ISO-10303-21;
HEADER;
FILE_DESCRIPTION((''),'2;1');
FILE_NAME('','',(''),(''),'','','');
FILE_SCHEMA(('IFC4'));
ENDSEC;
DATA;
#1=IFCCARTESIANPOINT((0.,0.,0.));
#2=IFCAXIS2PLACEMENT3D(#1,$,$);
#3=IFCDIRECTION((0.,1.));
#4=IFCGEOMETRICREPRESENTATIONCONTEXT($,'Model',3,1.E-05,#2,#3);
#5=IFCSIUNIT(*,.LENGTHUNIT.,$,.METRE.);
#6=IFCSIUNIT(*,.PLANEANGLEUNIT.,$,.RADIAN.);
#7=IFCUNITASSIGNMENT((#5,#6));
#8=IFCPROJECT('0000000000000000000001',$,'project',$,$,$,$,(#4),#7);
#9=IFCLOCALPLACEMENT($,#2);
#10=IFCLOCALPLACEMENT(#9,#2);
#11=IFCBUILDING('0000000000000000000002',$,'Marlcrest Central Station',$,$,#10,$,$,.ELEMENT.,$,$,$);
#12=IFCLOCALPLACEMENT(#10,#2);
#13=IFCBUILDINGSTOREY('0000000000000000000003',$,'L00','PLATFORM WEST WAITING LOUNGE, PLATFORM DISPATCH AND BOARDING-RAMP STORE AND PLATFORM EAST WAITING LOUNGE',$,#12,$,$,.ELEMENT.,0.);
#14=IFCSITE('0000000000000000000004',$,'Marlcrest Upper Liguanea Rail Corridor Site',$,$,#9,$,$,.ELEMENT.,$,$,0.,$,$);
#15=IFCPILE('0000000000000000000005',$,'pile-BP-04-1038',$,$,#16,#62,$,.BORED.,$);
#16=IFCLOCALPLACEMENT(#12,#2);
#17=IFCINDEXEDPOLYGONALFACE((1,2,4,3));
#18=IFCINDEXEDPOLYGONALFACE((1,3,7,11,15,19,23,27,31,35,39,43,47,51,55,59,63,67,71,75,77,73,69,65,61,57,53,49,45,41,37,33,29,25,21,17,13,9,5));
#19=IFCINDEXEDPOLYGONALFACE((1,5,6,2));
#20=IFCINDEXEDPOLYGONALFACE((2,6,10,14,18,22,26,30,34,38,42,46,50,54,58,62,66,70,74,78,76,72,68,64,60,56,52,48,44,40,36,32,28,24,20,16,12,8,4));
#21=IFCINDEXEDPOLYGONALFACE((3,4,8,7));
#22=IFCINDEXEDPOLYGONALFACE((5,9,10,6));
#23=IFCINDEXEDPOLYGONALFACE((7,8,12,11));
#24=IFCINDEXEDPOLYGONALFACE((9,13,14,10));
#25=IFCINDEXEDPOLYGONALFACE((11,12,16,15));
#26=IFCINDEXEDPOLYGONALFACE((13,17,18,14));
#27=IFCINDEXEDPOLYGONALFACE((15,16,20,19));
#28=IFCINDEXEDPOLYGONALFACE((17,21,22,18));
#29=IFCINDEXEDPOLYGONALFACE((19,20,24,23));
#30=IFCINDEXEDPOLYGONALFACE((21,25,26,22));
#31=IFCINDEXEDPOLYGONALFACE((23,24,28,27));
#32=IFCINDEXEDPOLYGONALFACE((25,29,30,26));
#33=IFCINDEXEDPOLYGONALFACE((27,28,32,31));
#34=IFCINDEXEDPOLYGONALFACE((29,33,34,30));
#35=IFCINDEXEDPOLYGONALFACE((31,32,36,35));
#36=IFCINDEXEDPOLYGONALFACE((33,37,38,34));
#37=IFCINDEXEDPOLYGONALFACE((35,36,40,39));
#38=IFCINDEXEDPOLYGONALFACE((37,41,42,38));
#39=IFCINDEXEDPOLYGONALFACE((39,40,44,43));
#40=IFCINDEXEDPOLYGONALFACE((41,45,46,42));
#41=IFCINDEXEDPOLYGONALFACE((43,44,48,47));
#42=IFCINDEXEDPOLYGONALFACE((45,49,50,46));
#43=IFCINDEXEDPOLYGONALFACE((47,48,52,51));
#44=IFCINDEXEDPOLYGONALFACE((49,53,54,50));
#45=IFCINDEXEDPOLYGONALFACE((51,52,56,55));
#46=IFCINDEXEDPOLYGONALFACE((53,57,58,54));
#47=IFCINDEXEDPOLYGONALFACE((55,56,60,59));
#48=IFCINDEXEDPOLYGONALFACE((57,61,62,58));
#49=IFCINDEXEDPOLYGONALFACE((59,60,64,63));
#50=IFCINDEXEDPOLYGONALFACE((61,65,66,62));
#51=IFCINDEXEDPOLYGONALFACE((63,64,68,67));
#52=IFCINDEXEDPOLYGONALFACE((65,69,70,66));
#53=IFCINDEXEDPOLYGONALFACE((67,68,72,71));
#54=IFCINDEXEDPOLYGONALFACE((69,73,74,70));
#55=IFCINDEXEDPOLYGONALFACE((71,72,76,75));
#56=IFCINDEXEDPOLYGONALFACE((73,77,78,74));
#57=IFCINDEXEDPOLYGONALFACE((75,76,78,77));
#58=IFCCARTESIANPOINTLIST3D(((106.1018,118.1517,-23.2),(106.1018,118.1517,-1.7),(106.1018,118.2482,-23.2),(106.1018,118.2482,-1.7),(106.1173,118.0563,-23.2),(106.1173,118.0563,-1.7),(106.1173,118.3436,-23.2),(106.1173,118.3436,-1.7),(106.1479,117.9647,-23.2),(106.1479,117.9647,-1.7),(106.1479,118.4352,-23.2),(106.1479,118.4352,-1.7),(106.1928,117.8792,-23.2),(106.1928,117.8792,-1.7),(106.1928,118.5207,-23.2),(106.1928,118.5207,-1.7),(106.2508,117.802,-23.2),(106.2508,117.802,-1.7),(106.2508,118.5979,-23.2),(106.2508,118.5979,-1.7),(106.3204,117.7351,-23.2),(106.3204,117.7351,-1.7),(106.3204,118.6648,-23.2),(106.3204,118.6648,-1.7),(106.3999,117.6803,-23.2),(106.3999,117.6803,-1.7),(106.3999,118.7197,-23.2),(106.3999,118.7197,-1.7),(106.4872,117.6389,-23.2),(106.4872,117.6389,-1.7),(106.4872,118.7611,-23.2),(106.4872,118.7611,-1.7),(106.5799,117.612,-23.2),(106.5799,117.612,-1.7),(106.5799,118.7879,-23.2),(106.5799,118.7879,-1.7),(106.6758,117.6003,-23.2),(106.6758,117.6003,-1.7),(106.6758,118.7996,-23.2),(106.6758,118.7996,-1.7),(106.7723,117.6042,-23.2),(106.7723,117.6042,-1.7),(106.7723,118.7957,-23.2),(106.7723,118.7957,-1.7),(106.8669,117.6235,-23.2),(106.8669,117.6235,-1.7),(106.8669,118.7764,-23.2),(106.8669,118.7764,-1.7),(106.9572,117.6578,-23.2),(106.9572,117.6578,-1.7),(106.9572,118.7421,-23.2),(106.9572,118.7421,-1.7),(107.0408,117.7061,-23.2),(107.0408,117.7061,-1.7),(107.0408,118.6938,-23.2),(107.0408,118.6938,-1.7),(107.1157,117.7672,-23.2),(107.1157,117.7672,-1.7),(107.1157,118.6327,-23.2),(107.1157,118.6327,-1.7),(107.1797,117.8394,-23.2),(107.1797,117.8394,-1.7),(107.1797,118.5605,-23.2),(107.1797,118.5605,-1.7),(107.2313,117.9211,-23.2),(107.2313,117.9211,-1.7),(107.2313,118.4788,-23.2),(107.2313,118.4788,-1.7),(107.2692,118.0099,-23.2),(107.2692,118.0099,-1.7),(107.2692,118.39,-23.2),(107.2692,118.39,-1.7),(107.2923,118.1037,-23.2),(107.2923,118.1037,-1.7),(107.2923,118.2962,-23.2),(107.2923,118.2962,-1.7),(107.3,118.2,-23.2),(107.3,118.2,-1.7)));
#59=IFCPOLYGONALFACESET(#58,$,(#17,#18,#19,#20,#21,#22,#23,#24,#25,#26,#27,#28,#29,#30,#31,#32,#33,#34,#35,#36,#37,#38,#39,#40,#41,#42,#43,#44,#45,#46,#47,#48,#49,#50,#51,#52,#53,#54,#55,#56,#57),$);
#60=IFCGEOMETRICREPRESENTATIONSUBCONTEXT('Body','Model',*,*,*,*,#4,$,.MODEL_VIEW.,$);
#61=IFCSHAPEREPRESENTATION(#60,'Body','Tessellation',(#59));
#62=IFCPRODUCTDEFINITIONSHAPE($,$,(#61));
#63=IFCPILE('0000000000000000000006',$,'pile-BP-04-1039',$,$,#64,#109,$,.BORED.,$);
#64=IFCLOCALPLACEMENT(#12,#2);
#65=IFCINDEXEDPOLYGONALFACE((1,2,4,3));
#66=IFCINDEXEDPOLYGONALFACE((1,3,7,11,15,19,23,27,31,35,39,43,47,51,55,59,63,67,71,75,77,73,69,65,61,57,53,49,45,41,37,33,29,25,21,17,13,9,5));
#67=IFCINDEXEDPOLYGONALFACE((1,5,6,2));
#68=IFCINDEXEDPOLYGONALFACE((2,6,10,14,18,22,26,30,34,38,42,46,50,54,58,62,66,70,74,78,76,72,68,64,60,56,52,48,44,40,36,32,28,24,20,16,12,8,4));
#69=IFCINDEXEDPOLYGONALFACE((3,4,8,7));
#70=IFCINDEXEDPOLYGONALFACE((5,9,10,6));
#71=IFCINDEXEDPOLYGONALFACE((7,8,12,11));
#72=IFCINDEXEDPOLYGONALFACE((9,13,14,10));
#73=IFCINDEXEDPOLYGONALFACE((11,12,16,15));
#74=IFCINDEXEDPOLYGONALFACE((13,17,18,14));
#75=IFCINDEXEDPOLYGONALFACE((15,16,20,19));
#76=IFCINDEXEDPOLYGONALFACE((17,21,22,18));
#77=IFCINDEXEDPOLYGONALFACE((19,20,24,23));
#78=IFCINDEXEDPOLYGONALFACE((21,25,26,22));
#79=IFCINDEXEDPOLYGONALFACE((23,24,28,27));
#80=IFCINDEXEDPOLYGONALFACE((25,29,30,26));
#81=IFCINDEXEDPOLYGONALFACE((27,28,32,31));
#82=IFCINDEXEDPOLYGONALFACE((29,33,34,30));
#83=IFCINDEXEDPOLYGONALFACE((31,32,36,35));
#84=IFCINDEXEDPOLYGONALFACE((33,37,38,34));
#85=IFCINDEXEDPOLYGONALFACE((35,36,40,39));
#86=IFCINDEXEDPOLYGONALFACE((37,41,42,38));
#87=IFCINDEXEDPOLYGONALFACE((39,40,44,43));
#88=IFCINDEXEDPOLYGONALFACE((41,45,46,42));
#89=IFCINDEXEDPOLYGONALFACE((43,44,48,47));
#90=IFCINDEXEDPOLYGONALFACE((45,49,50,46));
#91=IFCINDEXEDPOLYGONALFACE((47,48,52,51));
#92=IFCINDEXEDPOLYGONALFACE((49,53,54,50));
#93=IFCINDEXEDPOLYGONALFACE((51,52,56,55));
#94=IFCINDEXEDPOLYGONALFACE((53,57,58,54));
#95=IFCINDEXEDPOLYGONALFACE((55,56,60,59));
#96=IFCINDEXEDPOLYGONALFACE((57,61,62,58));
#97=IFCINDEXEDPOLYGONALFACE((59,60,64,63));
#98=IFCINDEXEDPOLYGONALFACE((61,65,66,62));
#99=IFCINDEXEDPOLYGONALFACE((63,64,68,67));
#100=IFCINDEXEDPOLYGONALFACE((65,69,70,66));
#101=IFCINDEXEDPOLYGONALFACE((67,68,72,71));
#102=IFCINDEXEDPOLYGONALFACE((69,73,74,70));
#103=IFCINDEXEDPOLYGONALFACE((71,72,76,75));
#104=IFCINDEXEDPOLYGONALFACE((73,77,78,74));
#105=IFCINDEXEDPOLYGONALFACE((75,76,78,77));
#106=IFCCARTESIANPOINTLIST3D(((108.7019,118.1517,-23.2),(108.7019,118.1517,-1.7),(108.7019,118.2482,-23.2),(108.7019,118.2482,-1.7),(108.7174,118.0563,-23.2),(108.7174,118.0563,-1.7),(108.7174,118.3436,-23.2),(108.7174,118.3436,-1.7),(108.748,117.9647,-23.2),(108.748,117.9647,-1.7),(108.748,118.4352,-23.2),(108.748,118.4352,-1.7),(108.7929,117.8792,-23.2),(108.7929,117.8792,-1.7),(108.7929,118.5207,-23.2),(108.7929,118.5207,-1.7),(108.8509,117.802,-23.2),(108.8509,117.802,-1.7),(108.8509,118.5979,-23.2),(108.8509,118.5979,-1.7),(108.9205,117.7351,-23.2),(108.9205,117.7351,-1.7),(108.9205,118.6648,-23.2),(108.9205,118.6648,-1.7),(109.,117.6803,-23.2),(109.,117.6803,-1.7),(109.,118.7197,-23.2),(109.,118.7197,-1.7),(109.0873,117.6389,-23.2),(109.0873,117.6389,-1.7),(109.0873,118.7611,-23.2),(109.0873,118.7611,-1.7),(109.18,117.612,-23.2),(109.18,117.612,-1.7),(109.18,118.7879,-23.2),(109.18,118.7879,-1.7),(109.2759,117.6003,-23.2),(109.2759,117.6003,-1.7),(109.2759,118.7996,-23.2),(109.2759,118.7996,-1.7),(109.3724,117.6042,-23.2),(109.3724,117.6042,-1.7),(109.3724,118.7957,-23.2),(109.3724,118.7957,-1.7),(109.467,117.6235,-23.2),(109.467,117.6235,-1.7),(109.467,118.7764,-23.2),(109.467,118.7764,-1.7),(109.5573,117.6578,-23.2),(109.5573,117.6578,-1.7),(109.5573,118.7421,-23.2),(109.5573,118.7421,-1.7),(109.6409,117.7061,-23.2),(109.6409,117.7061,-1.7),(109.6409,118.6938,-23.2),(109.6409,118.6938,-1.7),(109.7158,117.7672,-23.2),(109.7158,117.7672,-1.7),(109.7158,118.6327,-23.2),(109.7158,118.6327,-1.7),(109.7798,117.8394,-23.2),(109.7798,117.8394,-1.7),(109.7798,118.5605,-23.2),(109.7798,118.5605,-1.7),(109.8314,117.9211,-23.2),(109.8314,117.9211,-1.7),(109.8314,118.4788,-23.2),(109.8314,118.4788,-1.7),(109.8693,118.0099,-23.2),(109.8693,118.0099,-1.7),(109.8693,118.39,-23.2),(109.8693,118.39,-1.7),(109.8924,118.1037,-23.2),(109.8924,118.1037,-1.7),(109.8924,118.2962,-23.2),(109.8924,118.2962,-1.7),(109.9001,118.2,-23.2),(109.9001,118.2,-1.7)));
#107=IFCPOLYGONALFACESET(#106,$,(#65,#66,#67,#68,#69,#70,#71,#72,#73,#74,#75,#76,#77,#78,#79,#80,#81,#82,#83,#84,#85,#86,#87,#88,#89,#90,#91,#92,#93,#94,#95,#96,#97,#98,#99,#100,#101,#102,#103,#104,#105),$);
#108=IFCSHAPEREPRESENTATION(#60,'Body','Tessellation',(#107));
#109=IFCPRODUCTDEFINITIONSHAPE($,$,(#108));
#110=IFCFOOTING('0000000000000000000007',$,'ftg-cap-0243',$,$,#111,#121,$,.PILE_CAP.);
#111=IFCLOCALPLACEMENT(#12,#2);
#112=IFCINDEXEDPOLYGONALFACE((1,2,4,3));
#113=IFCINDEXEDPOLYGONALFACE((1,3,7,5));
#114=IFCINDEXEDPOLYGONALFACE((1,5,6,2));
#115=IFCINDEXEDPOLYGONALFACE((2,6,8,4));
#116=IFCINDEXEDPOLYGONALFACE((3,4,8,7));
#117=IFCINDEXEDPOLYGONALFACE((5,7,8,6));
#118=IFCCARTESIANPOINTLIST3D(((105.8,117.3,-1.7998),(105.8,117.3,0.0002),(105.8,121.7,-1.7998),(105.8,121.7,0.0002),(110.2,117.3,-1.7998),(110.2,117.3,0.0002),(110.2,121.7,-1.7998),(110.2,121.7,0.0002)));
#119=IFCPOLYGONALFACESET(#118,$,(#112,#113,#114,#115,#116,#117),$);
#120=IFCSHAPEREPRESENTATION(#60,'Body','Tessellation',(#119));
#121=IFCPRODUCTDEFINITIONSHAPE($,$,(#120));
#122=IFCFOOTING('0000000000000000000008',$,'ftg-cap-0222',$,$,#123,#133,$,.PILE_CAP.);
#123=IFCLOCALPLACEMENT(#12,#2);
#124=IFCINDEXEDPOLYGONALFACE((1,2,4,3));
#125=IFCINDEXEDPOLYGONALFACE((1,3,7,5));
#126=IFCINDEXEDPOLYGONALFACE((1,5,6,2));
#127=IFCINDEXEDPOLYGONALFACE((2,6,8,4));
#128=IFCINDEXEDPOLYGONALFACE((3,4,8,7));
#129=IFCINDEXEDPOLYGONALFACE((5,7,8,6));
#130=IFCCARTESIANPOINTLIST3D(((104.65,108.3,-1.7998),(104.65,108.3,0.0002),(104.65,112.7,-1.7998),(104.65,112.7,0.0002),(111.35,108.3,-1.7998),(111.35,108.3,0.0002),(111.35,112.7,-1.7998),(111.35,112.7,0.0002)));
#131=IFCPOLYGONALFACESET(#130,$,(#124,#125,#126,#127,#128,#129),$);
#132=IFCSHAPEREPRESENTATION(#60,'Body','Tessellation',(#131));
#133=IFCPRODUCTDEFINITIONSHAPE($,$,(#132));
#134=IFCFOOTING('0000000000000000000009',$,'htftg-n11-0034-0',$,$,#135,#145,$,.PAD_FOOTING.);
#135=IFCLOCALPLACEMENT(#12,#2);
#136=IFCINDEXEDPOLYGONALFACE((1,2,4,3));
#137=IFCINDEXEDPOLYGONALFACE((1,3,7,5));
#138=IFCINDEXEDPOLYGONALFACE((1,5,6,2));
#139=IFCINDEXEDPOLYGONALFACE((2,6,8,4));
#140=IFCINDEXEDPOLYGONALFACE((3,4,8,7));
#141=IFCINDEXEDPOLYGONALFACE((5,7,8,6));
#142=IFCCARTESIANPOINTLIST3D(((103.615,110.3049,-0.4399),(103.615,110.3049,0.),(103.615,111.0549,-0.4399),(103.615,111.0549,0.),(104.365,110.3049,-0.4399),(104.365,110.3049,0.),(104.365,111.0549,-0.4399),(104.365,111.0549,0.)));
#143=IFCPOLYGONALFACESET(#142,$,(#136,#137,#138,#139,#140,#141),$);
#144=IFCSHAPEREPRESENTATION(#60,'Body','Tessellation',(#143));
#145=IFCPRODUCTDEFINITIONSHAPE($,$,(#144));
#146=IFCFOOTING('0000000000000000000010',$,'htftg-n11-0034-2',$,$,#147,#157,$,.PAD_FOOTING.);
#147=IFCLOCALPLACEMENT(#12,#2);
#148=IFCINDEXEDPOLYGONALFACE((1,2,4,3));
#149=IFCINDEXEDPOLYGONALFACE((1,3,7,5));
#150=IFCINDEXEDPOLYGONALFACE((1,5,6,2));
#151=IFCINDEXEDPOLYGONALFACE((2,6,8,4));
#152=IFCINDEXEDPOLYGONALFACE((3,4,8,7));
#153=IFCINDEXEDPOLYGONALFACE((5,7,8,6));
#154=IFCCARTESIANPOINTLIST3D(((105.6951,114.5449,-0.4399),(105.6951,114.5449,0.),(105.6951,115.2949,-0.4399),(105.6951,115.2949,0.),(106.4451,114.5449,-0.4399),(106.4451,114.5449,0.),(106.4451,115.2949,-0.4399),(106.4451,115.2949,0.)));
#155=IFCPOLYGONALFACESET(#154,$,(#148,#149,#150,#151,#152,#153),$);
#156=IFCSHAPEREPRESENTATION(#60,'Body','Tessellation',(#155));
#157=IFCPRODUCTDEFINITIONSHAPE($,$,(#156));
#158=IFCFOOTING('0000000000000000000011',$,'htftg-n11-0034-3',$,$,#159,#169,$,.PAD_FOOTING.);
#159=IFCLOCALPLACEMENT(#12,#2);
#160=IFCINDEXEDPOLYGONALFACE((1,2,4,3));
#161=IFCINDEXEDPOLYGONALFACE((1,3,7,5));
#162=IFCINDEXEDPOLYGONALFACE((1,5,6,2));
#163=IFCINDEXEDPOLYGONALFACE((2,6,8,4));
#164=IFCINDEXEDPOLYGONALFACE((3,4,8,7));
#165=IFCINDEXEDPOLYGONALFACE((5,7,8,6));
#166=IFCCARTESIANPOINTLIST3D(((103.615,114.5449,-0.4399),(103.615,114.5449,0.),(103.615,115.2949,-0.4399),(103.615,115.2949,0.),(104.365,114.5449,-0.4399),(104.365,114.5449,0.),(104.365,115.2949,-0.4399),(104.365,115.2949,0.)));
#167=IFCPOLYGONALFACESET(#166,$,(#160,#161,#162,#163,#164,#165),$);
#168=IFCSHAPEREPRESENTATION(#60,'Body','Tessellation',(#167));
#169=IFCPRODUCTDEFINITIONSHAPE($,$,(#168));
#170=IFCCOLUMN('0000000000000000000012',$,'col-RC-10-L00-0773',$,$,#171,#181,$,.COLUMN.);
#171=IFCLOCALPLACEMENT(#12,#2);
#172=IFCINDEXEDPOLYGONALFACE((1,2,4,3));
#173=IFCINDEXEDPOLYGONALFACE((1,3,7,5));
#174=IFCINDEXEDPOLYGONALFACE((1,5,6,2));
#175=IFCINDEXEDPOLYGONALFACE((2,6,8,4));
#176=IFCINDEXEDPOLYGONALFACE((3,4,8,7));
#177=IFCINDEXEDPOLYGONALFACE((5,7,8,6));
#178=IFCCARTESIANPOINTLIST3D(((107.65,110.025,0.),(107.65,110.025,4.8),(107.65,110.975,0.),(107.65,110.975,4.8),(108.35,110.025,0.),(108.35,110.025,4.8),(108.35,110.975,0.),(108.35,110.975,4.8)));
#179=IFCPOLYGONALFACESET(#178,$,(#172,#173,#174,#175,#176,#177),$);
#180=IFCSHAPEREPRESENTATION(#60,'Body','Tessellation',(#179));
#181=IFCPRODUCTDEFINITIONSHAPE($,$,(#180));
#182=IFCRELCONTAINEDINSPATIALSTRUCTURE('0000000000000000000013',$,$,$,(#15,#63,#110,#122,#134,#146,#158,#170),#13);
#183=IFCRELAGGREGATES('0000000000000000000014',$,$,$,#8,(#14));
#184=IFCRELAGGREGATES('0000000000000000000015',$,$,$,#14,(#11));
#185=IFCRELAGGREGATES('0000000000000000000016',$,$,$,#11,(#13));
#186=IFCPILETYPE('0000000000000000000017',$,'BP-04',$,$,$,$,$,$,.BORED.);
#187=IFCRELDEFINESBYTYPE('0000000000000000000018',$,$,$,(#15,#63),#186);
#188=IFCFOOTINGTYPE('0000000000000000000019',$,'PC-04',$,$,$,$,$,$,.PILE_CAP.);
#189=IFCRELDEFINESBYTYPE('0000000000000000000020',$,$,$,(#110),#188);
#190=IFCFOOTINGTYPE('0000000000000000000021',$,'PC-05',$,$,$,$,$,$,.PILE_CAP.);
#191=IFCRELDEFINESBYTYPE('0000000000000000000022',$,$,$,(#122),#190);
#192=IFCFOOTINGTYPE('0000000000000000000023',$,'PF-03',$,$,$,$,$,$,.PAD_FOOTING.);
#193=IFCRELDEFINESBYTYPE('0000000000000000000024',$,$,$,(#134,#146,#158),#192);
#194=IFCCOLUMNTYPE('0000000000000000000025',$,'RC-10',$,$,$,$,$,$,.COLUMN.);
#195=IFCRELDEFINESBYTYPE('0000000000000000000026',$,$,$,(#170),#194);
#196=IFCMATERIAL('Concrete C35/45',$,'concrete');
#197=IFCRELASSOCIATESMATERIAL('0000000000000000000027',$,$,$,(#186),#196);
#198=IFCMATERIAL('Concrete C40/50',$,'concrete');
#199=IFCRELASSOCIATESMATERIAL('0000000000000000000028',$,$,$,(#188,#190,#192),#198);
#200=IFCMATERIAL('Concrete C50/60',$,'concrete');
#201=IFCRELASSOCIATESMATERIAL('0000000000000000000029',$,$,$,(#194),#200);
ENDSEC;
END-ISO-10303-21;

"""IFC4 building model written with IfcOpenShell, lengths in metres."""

from ifc_helpers import new_model, si_unit, direction, frame, origin, origin_2d, place, context, subcontext, project, spatial, rectangle, circle, extrude, material, material_profile, profile_set, type_object, element, save


model = new_model("IFC4")

# Units and contexts
model_context = context("Model", 3, precision=1e-05, world=origin(), true_north=direction((0.0, 1.0)))
body_context = subcontext(model_context, "Body", "Model", "MODEL_VIEW")
ifc_project = project(units=[si_unit("LENGTHUNIT", "METRE"), si_unit("PLANEANGLEUNIT", "RADIAN")], contexts=[model_context])

# Site, building, storey
site_placement = place(None, origin())
site = spatial("IfcSite", under=ifc_project, at=site_placement, Name="Marlcrest Upper Liguanea Rail Corridor Site", CompositionType="ELEMENT", RefElevation=0.0)
building_placement = place(site_placement, origin())
building = spatial("IfcBuilding", under=site, at=building_placement, Name="Marlcrest Central Station", CompositionType="ELEMENT")
storey_placement = place(building_placement, origin())
storey = spatial("IfcBuildingStorey", under=building, at=storey_placement, Name="L00", Description="PLATFORM WEST WAITING LOUNGE, PLATFORM DISPATCH AND BOARDING-RAMP STORE AND PLATFORM EAST WAITING LOUNGE", CompositionType="ELEMENT", Elevation=0.0)

# Piles
ifc_material_1 = material(Name="Concrete C35/45", Category="concrete")
ifc_material_profile_1 = material_profile(ifc_material_1, circle(Radius=0.6001, at=origin_2d()), Name="PILE D1200")
ifc_profile_set_1 = profile_set([ifc_material_profile_1], Name="Concrete C35/45")
pile_type = type_object("IfcPileType", Name="BP-04", PredefinedType="BORED", material=ifc_profile_set_1)
for number, where, z_axis, x_axis, name in (
    (1, (106.7, 118.2, -1.7), (0.0, 0.0, -1.0), (1.0, 0.0, 0.0), "pile-BP-04-1038"),
    (2, (109.3, 118.2, -1.7), (0.0, 0.0, -1.0), (1.0, 0.0, 0.0), "pile-BP-04-1039"),
):
    element("IfcPile", number, at=place(storey_placement, frame(where, z_axis=z_axis, x_axis=x_axis)), inside=storey, type_object=pile_type, Name=name, PredefinedType="BORED", context=body_context, shape_type="SweptSolid", body=[
        extrude(circle(Radius=0.6001, at=origin_2d()), origin(), (0.0, 0.0, 1.0), 21.5),
    ])

# Footings
ifc_material_2 = material(Name="Concrete C40/50", Category="concrete")
footing_type_1 = type_object("IfcFootingType", Name="PC-04", PredefinedType="PILE_CAP", material=ifc_material_2)
footing_1_placement = place(storey_placement, frame((108.0, 119.5, -1.7998), z_axis=(0.0, 0.0, 1.0), x_axis=(1.0, 0.0, 0.0)))
element("IfcFooting", 3, at=footing_1_placement, inside=storey, type_object=footing_type_1, Name="ftg-cap-0243", PredefinedType="PILE_CAP", context=body_context, shape_type="SweptSolid", body=[
    extrude(rectangle(XDim=4.3999, YDim=4.3999, at=origin_2d()), origin(), (0.0, 0.0, 1.0), 1.8),
])
footing_type_2 = type_object("IfcFootingType", Name="PC-05", PredefinedType="PILE_CAP", material=ifc_material_2)
footing_2_placement = place(storey_placement, frame((108.0, 110.5, -1.7998), z_axis=(0.0, 0.0, 1.0), x_axis=(1.0, 0.0, 0.0)))
element("IfcFooting", 4, at=footing_2_placement, inside=storey, type_object=footing_type_2, Name="ftg-cap-0222", PredefinedType="PILE_CAP", context=body_context, shape_type="SweptSolid", body=[
    extrude(rectangle(XDim=6.7, YDim=4.3999, at=origin_2d()), origin(), (0.0, 0.0, 1.0), 1.8),
])
footing_type_3 = type_object("IfcFootingType", Name="PF-03", PredefinedType="PAD_FOOTING", material=ifc_material_2)
for number, where, z_axis, x_axis, name in (
    (5, (103.99, 110.6799, -0.4399), (0.0, 0.0, 1.0), (1.0, 0.0, 0.0), "htftg-n11-0034-0"),
    (6, (106.0701, 114.9199, -0.4399), (0.0, 0.0, 1.0), (1.0, 0.0, 0.0), "htftg-n11-0034-2"),
    (7, (103.99, 114.9199, -0.4399), (0.0, 0.0, 1.0), (1.0, 0.0, 0.0), "htftg-n11-0034-3"),
):
    element("IfcFooting", number, at=place(storey_placement, frame(where, z_axis=z_axis, x_axis=x_axis)), inside=storey, type_object=footing_type_3, Name=name, PredefinedType="PAD_FOOTING", context=body_context, shape_type="SweptSolid", body=[
        extrude(rectangle(XDim=0.75, YDim=0.75, at=origin_2d()), origin(), (0.0, 0.0, 1.0), 0.4399),
    ])

# Column
ifc_material_3 = material(Name="Concrete C50/60", Category="concrete")
ifc_material_profile_2 = material_profile(ifc_material_3, rectangle(XDim=0.7, YDim=0.95, at=origin_2d()), Name="RC 700x950")
ifc_profile_set_2 = profile_set([ifc_material_profile_2], Name="Concrete C50/60")
column_type_1 = type_object("IfcColumnType", Name="RC-10", PredefinedType="COLUMN", material=ifc_profile_set_2)
column_1_placement = place(storey_placement, frame((108.0, 110.5, 0.0), z_axis=(0.0, 0.0, 1.0), x_axis=(1.0, 0.0, 0.0)))
element("IfcColumn", 8, at=column_1_placement, inside=storey, type_object=column_type_1, Name="col-RC-10-L00-0773", PredefinedType="COLUMN", context=body_context, shape_type="SweptSolid", body=[
    extrude(rectangle(XDim=0.7, YDim=0.95, at=origin_2d()), origin(), (0.0, 0.0, 1.0), 4.8),
])

save(model, "model.ifc")
